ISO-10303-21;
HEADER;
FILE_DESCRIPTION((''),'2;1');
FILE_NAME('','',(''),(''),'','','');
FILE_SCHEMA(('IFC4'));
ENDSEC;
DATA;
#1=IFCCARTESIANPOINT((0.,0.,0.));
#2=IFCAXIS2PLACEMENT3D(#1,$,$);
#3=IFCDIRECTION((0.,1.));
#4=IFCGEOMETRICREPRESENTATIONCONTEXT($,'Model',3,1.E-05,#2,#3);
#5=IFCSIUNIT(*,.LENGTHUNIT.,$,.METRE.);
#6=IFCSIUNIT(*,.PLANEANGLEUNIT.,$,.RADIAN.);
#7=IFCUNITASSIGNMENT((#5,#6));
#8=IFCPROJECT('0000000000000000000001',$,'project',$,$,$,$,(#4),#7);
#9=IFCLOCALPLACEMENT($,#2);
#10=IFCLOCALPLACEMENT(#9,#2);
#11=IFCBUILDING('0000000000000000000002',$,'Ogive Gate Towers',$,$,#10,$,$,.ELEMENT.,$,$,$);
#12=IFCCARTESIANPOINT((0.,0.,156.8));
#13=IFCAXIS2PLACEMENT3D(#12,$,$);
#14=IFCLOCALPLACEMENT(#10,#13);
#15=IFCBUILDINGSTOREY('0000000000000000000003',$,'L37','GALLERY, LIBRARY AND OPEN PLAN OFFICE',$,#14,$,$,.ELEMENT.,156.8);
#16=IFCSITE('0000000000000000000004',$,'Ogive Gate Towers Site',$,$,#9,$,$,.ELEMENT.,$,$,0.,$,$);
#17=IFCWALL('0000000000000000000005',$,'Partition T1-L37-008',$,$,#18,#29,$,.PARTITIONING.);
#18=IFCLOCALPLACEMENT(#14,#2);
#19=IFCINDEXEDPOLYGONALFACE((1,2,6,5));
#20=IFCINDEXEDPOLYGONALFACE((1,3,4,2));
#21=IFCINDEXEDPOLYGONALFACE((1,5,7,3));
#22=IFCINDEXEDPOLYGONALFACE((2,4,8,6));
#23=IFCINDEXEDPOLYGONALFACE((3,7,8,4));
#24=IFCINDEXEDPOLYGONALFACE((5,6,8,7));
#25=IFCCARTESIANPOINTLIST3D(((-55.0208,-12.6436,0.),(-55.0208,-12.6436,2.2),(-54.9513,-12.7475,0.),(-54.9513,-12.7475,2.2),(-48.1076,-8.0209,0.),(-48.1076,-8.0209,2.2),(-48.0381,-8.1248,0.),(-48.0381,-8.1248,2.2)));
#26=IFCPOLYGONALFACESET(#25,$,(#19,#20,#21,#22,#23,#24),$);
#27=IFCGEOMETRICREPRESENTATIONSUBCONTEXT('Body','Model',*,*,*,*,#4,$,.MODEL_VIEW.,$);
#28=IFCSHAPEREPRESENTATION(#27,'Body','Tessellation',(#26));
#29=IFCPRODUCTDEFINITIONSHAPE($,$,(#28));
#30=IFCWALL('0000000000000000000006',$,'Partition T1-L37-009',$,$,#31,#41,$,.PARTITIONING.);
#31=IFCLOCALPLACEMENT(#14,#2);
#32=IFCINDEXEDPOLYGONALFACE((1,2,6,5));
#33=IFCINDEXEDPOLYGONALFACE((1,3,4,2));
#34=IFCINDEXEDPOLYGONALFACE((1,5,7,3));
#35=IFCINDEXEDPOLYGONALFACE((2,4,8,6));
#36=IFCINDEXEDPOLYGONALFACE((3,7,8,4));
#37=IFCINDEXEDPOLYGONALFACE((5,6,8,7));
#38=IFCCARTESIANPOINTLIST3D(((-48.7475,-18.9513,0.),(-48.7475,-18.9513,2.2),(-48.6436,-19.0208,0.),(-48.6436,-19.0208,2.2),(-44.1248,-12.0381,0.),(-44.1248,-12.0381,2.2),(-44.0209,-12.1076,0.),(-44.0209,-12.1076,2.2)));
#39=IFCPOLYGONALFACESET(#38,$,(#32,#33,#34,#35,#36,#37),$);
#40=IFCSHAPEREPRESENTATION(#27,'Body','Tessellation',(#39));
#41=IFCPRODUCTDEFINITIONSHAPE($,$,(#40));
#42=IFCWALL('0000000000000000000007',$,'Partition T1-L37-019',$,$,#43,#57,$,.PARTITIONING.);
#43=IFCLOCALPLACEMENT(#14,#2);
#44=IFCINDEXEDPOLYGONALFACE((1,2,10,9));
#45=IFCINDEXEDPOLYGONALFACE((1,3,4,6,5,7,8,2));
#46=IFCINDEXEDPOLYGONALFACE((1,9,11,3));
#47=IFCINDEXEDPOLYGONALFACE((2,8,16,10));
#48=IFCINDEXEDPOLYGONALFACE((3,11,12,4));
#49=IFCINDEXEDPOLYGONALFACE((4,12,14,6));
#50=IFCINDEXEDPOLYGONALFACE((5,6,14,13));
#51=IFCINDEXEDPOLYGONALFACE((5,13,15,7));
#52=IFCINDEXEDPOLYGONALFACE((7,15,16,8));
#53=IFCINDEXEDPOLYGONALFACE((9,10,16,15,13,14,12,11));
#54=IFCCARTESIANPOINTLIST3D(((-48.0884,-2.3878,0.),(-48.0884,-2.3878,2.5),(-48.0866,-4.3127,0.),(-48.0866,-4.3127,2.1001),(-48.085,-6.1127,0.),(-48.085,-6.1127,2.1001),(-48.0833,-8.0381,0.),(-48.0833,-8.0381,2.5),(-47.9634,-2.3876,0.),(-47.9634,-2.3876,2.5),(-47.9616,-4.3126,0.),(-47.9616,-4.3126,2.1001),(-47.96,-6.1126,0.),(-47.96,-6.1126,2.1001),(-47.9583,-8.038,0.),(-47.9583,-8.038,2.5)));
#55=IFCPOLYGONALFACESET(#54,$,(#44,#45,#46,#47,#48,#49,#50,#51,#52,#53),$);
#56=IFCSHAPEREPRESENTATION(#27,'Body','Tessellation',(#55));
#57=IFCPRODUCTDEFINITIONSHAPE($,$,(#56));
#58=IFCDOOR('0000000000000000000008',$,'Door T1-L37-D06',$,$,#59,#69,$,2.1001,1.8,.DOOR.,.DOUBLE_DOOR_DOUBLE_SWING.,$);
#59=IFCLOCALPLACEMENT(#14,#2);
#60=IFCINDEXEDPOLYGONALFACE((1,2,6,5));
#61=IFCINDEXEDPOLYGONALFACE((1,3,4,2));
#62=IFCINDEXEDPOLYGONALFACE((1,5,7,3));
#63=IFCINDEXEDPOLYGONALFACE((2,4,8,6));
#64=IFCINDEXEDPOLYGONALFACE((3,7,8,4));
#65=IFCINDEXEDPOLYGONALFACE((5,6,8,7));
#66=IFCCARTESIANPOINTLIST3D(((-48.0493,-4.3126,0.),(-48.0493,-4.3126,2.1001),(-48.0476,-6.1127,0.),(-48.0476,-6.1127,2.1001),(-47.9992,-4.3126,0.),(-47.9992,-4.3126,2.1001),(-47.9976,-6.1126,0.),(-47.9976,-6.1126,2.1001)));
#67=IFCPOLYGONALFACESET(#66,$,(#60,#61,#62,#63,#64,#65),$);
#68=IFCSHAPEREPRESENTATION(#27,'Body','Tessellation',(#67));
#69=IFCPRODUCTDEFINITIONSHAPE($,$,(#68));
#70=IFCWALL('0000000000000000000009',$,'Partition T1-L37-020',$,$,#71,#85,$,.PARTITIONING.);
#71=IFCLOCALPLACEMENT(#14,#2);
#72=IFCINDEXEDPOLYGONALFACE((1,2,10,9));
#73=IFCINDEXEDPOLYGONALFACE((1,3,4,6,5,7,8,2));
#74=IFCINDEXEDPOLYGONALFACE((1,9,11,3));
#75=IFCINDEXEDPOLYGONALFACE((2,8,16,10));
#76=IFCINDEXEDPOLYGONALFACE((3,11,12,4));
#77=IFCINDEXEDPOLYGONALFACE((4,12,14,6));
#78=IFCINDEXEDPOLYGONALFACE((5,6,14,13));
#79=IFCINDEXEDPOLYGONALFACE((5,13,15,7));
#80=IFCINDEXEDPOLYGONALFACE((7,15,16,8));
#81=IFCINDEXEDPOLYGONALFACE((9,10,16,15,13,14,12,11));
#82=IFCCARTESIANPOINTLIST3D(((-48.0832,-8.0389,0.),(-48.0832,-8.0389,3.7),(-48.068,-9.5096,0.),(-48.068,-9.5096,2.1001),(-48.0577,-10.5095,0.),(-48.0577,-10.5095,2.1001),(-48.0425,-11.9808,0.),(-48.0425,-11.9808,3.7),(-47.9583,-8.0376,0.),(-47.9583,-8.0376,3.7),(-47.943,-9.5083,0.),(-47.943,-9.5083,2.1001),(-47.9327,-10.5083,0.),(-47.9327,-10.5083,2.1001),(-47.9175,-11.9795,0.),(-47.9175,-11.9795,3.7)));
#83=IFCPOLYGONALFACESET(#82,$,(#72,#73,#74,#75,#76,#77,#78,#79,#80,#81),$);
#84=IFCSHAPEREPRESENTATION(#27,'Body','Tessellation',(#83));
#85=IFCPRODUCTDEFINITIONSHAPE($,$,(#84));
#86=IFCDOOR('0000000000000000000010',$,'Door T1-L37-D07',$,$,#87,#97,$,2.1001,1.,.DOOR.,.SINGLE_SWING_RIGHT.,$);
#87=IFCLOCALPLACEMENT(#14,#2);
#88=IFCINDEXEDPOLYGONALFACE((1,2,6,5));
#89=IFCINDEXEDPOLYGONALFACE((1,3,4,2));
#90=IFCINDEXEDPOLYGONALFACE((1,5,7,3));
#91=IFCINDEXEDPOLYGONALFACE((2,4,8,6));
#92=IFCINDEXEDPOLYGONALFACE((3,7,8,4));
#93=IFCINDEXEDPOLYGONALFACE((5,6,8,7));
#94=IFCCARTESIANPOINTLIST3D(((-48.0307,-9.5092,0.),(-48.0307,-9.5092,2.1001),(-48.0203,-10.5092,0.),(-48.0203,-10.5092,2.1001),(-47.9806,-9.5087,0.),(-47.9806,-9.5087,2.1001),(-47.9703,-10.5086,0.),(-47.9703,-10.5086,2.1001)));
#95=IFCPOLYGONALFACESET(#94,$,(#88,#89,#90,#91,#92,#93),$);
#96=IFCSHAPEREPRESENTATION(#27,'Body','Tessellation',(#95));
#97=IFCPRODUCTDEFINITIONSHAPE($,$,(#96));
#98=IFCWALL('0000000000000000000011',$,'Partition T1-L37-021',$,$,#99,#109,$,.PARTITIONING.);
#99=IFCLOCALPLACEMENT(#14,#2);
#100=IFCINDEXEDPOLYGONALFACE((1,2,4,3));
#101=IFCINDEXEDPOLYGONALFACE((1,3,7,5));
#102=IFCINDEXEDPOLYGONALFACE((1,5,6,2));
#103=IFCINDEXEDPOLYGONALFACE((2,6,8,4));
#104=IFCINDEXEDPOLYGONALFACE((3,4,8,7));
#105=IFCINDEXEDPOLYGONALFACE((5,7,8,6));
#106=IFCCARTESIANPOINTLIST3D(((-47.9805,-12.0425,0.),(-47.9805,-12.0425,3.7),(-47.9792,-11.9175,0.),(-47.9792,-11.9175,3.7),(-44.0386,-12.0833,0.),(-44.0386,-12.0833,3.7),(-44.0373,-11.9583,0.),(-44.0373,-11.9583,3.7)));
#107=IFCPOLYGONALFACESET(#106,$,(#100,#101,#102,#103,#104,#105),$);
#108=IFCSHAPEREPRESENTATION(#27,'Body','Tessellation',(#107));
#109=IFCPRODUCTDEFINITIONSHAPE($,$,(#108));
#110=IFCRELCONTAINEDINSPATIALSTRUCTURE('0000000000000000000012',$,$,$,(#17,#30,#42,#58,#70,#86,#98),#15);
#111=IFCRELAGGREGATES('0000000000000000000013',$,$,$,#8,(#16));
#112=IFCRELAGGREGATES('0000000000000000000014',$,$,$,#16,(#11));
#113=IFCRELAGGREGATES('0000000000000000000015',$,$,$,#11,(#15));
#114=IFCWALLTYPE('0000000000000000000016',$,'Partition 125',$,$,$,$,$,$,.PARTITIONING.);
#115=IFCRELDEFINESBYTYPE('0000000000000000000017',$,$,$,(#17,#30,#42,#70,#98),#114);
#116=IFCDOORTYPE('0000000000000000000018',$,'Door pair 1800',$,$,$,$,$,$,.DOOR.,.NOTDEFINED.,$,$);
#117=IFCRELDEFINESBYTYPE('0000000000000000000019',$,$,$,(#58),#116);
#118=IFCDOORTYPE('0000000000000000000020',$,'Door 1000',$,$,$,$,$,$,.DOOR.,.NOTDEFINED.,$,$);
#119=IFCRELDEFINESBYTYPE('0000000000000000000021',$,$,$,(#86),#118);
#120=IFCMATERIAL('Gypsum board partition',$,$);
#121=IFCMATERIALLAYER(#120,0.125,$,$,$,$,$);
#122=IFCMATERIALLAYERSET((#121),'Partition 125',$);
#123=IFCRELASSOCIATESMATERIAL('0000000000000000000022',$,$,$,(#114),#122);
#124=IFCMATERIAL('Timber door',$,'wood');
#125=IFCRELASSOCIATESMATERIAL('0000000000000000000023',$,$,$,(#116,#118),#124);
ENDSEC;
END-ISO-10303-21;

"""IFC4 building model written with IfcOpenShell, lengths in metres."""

from ifc_helpers import new_model, si_unit, direction, frame, frame_2d, origin, place, context, subcontext, project, spatial, rectangle, extrude, material, layer, layer_set, type_object, element, fill, save


model = new_model("IFC4")

# Units and contexts
model_context = context("Model", 3, precision=1e-05, world=origin(), true_north=direction((0.0, 1.0)))
body_context = subcontext(model_context, "Body", "Model", "MODEL_VIEW")
ifc_project = project(units=[si_unit("LENGTHUNIT", "METRE"), si_unit("PLANEANGLEUNIT", "RADIAN")], contexts=[model_context])

# Site, building, storey
site_placement = place(None, origin())
site = spatial("IfcSite", under=ifc_project, at=site_placement, Name="Ogive Gate Towers Site", CompositionType="ELEMENT", RefElevation=0.0)
building_placement = place(site_placement, origin())
building = spatial("IfcBuilding", under=site, at=building_placement, Name="Ogive Gate Towers", CompositionType="ELEMENT")
storey_placement = place(building_placement, frame((0.0, 0.0, 156.8)))
storey = spatial("IfcBuildingStorey", under=building, at=storey_placement, Name="L37", Description="GALLERY, LIBRARY AND OPEN PLAN OFFICE", CompositionType="ELEMENT", Elevation=156.8)

# Walls
ifc_material_1 = material(Name="Gypsum board partition")
ifc_layer_1 = layer(ifc_material_1, 0.125)
ifc_layer_set_1 = layer_set([ifc_layer_1], Name="Partition 125")
wall_type_1 = type_object("IfcWallType", Name="Partition 125", PredefinedType="PARTITIONING", material=ifc_layer_set_1)
for number, where, z_axis, x_axis, name in (
    (1, (-54.9861, -12.6956, 0.0), (0.0, 0.0, 1.0), (0.831277, 0.555858, 0.0), "Partition T1-L37-008"),
    (2, (-48.6956, -18.9861, 0.0), (0.0, 0.0, 1.0), (0.555858, 0.831277, 0.0), "Partition T1-L37-009"),
):
    element("IfcWall", number, at=place(storey_placement, frame(where, z_axis=z_axis, x_axis=x_axis)), inside=storey, type_object=wall_type_1, Name=name, PredefinedType="PARTITIONING", context=body_context, shape_type="SweptSolid", body=[
        extrude(rectangle(XDim=8.3164, YDim=0.125, at=frame_2d((4.1582, 0.0))), origin(), (0.0, 0.0, 1.0), 2.2),
    ])

# Walls, openings, doors
wall_1_placement = place(storey_placement, frame((-48.0259, -2.3877, 0.0), z_axis=(0.0, 0.0, 1.0), x_axis=(0.000907, -1.0, 0.0)))
wall_1 = element("IfcWall", 3, at=wall_1_placement, inside=storey, type_object=wall_type_1, Name="Partition T1-L37-019", PredefinedType="PARTITIONING", context=body_context, shape_type="SweptSolid", body=[
    extrude(rectangle(XDim=5.6504, YDim=0.125, at=frame_2d((2.8252, 0.0))), origin(), (0.0, 0.0, 1.0), 2.5),
])
opening_1_placement = place(wall_1_placement, frame((1.925, 0.0, 0.0)))
opening_1 = element("IfcOpeningElement", 4, at=opening_1_placement, cuts=wall_1, PredefinedType="OPENING", context=body_context, shape_type="SweptSolid", body=[
    extrude(rectangle(XDim=1.8, YDim=2.1001, at=frame_2d((0.8999, 1.05))), frame((0.0, 0.0725, 0.0), z_axis=(0.0, -1.0, 0.0), x_axis=(1.0, 0.0, 0.0)), (0.0, 0.0, 1.0), 0.145),
])
ifc_material_2 = material(Name="Timber door", Category="wood")
door_type_1 = type_object("IfcDoorType", Name="Door pair 1800", OperationType="NOTDEFINED", PredefinedType="DOOR", material=ifc_material_2)
door_1_placement = place(opening_1_placement, origin())
door_1 = element("IfcDoor", 5, at=door_1_placement, inside=storey, type_object=door_type_1, Name="Door T1-L37-D06", OperationType="DOUBLE_DOOR_DOUBLE_SWING", OverallHeight=2.1001, OverallWidth=1.8, PredefinedType="DOOR", context=body_context, shape_type="SweptSolid", body=[
    extrude(rectangle(XDim=1.8, YDim=2.1001, at=frame_2d((0.8999, 1.05))), frame((0.0, 0.0249, 0.0), z_axis=(0.0, -1.0, 0.0), x_axis=(1.0, 0.0, 0.0)), (0.0, 0.0, 1.0), 0.05),
])
fill(opening_1, door_1)
wall_2_placement = place(storey_placement, frame((-48.0208, -8.0381, 0.0), z_axis=(0.0, 0.0, 1.0), x_axis=(0.010343, -0.999947, 0.0)))
wall_2 = element("IfcWall", 6, at=wall_2_placement, inside=storey, type_object=wall_type_1, Name="Partition T1-L37-020", PredefinedType="PARTITIONING", context=body_context, shape_type="SweptSolid", body=[
    extrude(rectangle(XDim=3.9421, YDim=0.125, at=frame_2d((1.9712, 0.0))), origin(), (0.0, 0.0, 1.0), 3.7),
])
opening_2_placement = place(wall_2_placement, frame((1.4709, 0.0, 0.0)))
opening_2 = element("IfcOpeningElement", 7, at=opening_2_placement, cuts=wall_2, PredefinedType="OPENING", context=body_context, shape_type="SweptSolid", body=[
    extrude(rectangle(XDim=1.0, YDim=2.1001, at=frame_2d((0.5, 1.05))), frame((0.0, 0.0725, 0.0), z_axis=(0.0, -1.0, 0.0), x_axis=(1.0, 0.0, 0.0)), (0.0, 0.0, 1.0), 0.145),
])
door_type_2 = type_object("IfcDoorType", Name="Door 1000", OperationType="NOTDEFINED", PredefinedType="DOOR", material=ifc_material_2)
door_2_placement = place(opening_2_placement, origin())
door_2 = element("IfcDoor", 8, at=door_2_placement, inside=storey, type_object=door_type_2, Name="Door T1-L37-D07", OperationType="SINGLE_SWING_RIGHT", OverallHeight=2.1001, OverallWidth=1.0, PredefinedType="DOOR", context=body_context, shape_type="SweptSolid", body=[
    extrude(rectangle(XDim=1.0, YDim=2.1001, at=frame_2d((0.5, 1.05))), frame((0.0, 0.0249, 0.0), z_axis=(0.0, -1.0, 0.0), x_axis=(1.0, 0.0, 0.0)), (0.0, 0.0, 1.0), 0.05),
])
fill(opening_2, door_2)

# Wall
wall_3_placement = place(storey_placement, frame((-47.98, -11.98, 0.0), z_axis=(0.0, 0.0, 1.0), x_axis=(0.999947, -0.010343, 0.0)))
element("IfcWall", 9, at=wall_3_placement, inside=storey, type_object=wall_type_1, Name="Partition T1-L37-021", PredefinedType="PARTITIONING", context=body_context, shape_type="SweptSolid", body=[
    extrude(rectangle(XDim=3.9421, YDim=0.125, at=frame_2d((1.9712, 0.0))), origin(), (0.0, 0.0, 1.0), 3.7),
])

save(model, "model.ifc")
